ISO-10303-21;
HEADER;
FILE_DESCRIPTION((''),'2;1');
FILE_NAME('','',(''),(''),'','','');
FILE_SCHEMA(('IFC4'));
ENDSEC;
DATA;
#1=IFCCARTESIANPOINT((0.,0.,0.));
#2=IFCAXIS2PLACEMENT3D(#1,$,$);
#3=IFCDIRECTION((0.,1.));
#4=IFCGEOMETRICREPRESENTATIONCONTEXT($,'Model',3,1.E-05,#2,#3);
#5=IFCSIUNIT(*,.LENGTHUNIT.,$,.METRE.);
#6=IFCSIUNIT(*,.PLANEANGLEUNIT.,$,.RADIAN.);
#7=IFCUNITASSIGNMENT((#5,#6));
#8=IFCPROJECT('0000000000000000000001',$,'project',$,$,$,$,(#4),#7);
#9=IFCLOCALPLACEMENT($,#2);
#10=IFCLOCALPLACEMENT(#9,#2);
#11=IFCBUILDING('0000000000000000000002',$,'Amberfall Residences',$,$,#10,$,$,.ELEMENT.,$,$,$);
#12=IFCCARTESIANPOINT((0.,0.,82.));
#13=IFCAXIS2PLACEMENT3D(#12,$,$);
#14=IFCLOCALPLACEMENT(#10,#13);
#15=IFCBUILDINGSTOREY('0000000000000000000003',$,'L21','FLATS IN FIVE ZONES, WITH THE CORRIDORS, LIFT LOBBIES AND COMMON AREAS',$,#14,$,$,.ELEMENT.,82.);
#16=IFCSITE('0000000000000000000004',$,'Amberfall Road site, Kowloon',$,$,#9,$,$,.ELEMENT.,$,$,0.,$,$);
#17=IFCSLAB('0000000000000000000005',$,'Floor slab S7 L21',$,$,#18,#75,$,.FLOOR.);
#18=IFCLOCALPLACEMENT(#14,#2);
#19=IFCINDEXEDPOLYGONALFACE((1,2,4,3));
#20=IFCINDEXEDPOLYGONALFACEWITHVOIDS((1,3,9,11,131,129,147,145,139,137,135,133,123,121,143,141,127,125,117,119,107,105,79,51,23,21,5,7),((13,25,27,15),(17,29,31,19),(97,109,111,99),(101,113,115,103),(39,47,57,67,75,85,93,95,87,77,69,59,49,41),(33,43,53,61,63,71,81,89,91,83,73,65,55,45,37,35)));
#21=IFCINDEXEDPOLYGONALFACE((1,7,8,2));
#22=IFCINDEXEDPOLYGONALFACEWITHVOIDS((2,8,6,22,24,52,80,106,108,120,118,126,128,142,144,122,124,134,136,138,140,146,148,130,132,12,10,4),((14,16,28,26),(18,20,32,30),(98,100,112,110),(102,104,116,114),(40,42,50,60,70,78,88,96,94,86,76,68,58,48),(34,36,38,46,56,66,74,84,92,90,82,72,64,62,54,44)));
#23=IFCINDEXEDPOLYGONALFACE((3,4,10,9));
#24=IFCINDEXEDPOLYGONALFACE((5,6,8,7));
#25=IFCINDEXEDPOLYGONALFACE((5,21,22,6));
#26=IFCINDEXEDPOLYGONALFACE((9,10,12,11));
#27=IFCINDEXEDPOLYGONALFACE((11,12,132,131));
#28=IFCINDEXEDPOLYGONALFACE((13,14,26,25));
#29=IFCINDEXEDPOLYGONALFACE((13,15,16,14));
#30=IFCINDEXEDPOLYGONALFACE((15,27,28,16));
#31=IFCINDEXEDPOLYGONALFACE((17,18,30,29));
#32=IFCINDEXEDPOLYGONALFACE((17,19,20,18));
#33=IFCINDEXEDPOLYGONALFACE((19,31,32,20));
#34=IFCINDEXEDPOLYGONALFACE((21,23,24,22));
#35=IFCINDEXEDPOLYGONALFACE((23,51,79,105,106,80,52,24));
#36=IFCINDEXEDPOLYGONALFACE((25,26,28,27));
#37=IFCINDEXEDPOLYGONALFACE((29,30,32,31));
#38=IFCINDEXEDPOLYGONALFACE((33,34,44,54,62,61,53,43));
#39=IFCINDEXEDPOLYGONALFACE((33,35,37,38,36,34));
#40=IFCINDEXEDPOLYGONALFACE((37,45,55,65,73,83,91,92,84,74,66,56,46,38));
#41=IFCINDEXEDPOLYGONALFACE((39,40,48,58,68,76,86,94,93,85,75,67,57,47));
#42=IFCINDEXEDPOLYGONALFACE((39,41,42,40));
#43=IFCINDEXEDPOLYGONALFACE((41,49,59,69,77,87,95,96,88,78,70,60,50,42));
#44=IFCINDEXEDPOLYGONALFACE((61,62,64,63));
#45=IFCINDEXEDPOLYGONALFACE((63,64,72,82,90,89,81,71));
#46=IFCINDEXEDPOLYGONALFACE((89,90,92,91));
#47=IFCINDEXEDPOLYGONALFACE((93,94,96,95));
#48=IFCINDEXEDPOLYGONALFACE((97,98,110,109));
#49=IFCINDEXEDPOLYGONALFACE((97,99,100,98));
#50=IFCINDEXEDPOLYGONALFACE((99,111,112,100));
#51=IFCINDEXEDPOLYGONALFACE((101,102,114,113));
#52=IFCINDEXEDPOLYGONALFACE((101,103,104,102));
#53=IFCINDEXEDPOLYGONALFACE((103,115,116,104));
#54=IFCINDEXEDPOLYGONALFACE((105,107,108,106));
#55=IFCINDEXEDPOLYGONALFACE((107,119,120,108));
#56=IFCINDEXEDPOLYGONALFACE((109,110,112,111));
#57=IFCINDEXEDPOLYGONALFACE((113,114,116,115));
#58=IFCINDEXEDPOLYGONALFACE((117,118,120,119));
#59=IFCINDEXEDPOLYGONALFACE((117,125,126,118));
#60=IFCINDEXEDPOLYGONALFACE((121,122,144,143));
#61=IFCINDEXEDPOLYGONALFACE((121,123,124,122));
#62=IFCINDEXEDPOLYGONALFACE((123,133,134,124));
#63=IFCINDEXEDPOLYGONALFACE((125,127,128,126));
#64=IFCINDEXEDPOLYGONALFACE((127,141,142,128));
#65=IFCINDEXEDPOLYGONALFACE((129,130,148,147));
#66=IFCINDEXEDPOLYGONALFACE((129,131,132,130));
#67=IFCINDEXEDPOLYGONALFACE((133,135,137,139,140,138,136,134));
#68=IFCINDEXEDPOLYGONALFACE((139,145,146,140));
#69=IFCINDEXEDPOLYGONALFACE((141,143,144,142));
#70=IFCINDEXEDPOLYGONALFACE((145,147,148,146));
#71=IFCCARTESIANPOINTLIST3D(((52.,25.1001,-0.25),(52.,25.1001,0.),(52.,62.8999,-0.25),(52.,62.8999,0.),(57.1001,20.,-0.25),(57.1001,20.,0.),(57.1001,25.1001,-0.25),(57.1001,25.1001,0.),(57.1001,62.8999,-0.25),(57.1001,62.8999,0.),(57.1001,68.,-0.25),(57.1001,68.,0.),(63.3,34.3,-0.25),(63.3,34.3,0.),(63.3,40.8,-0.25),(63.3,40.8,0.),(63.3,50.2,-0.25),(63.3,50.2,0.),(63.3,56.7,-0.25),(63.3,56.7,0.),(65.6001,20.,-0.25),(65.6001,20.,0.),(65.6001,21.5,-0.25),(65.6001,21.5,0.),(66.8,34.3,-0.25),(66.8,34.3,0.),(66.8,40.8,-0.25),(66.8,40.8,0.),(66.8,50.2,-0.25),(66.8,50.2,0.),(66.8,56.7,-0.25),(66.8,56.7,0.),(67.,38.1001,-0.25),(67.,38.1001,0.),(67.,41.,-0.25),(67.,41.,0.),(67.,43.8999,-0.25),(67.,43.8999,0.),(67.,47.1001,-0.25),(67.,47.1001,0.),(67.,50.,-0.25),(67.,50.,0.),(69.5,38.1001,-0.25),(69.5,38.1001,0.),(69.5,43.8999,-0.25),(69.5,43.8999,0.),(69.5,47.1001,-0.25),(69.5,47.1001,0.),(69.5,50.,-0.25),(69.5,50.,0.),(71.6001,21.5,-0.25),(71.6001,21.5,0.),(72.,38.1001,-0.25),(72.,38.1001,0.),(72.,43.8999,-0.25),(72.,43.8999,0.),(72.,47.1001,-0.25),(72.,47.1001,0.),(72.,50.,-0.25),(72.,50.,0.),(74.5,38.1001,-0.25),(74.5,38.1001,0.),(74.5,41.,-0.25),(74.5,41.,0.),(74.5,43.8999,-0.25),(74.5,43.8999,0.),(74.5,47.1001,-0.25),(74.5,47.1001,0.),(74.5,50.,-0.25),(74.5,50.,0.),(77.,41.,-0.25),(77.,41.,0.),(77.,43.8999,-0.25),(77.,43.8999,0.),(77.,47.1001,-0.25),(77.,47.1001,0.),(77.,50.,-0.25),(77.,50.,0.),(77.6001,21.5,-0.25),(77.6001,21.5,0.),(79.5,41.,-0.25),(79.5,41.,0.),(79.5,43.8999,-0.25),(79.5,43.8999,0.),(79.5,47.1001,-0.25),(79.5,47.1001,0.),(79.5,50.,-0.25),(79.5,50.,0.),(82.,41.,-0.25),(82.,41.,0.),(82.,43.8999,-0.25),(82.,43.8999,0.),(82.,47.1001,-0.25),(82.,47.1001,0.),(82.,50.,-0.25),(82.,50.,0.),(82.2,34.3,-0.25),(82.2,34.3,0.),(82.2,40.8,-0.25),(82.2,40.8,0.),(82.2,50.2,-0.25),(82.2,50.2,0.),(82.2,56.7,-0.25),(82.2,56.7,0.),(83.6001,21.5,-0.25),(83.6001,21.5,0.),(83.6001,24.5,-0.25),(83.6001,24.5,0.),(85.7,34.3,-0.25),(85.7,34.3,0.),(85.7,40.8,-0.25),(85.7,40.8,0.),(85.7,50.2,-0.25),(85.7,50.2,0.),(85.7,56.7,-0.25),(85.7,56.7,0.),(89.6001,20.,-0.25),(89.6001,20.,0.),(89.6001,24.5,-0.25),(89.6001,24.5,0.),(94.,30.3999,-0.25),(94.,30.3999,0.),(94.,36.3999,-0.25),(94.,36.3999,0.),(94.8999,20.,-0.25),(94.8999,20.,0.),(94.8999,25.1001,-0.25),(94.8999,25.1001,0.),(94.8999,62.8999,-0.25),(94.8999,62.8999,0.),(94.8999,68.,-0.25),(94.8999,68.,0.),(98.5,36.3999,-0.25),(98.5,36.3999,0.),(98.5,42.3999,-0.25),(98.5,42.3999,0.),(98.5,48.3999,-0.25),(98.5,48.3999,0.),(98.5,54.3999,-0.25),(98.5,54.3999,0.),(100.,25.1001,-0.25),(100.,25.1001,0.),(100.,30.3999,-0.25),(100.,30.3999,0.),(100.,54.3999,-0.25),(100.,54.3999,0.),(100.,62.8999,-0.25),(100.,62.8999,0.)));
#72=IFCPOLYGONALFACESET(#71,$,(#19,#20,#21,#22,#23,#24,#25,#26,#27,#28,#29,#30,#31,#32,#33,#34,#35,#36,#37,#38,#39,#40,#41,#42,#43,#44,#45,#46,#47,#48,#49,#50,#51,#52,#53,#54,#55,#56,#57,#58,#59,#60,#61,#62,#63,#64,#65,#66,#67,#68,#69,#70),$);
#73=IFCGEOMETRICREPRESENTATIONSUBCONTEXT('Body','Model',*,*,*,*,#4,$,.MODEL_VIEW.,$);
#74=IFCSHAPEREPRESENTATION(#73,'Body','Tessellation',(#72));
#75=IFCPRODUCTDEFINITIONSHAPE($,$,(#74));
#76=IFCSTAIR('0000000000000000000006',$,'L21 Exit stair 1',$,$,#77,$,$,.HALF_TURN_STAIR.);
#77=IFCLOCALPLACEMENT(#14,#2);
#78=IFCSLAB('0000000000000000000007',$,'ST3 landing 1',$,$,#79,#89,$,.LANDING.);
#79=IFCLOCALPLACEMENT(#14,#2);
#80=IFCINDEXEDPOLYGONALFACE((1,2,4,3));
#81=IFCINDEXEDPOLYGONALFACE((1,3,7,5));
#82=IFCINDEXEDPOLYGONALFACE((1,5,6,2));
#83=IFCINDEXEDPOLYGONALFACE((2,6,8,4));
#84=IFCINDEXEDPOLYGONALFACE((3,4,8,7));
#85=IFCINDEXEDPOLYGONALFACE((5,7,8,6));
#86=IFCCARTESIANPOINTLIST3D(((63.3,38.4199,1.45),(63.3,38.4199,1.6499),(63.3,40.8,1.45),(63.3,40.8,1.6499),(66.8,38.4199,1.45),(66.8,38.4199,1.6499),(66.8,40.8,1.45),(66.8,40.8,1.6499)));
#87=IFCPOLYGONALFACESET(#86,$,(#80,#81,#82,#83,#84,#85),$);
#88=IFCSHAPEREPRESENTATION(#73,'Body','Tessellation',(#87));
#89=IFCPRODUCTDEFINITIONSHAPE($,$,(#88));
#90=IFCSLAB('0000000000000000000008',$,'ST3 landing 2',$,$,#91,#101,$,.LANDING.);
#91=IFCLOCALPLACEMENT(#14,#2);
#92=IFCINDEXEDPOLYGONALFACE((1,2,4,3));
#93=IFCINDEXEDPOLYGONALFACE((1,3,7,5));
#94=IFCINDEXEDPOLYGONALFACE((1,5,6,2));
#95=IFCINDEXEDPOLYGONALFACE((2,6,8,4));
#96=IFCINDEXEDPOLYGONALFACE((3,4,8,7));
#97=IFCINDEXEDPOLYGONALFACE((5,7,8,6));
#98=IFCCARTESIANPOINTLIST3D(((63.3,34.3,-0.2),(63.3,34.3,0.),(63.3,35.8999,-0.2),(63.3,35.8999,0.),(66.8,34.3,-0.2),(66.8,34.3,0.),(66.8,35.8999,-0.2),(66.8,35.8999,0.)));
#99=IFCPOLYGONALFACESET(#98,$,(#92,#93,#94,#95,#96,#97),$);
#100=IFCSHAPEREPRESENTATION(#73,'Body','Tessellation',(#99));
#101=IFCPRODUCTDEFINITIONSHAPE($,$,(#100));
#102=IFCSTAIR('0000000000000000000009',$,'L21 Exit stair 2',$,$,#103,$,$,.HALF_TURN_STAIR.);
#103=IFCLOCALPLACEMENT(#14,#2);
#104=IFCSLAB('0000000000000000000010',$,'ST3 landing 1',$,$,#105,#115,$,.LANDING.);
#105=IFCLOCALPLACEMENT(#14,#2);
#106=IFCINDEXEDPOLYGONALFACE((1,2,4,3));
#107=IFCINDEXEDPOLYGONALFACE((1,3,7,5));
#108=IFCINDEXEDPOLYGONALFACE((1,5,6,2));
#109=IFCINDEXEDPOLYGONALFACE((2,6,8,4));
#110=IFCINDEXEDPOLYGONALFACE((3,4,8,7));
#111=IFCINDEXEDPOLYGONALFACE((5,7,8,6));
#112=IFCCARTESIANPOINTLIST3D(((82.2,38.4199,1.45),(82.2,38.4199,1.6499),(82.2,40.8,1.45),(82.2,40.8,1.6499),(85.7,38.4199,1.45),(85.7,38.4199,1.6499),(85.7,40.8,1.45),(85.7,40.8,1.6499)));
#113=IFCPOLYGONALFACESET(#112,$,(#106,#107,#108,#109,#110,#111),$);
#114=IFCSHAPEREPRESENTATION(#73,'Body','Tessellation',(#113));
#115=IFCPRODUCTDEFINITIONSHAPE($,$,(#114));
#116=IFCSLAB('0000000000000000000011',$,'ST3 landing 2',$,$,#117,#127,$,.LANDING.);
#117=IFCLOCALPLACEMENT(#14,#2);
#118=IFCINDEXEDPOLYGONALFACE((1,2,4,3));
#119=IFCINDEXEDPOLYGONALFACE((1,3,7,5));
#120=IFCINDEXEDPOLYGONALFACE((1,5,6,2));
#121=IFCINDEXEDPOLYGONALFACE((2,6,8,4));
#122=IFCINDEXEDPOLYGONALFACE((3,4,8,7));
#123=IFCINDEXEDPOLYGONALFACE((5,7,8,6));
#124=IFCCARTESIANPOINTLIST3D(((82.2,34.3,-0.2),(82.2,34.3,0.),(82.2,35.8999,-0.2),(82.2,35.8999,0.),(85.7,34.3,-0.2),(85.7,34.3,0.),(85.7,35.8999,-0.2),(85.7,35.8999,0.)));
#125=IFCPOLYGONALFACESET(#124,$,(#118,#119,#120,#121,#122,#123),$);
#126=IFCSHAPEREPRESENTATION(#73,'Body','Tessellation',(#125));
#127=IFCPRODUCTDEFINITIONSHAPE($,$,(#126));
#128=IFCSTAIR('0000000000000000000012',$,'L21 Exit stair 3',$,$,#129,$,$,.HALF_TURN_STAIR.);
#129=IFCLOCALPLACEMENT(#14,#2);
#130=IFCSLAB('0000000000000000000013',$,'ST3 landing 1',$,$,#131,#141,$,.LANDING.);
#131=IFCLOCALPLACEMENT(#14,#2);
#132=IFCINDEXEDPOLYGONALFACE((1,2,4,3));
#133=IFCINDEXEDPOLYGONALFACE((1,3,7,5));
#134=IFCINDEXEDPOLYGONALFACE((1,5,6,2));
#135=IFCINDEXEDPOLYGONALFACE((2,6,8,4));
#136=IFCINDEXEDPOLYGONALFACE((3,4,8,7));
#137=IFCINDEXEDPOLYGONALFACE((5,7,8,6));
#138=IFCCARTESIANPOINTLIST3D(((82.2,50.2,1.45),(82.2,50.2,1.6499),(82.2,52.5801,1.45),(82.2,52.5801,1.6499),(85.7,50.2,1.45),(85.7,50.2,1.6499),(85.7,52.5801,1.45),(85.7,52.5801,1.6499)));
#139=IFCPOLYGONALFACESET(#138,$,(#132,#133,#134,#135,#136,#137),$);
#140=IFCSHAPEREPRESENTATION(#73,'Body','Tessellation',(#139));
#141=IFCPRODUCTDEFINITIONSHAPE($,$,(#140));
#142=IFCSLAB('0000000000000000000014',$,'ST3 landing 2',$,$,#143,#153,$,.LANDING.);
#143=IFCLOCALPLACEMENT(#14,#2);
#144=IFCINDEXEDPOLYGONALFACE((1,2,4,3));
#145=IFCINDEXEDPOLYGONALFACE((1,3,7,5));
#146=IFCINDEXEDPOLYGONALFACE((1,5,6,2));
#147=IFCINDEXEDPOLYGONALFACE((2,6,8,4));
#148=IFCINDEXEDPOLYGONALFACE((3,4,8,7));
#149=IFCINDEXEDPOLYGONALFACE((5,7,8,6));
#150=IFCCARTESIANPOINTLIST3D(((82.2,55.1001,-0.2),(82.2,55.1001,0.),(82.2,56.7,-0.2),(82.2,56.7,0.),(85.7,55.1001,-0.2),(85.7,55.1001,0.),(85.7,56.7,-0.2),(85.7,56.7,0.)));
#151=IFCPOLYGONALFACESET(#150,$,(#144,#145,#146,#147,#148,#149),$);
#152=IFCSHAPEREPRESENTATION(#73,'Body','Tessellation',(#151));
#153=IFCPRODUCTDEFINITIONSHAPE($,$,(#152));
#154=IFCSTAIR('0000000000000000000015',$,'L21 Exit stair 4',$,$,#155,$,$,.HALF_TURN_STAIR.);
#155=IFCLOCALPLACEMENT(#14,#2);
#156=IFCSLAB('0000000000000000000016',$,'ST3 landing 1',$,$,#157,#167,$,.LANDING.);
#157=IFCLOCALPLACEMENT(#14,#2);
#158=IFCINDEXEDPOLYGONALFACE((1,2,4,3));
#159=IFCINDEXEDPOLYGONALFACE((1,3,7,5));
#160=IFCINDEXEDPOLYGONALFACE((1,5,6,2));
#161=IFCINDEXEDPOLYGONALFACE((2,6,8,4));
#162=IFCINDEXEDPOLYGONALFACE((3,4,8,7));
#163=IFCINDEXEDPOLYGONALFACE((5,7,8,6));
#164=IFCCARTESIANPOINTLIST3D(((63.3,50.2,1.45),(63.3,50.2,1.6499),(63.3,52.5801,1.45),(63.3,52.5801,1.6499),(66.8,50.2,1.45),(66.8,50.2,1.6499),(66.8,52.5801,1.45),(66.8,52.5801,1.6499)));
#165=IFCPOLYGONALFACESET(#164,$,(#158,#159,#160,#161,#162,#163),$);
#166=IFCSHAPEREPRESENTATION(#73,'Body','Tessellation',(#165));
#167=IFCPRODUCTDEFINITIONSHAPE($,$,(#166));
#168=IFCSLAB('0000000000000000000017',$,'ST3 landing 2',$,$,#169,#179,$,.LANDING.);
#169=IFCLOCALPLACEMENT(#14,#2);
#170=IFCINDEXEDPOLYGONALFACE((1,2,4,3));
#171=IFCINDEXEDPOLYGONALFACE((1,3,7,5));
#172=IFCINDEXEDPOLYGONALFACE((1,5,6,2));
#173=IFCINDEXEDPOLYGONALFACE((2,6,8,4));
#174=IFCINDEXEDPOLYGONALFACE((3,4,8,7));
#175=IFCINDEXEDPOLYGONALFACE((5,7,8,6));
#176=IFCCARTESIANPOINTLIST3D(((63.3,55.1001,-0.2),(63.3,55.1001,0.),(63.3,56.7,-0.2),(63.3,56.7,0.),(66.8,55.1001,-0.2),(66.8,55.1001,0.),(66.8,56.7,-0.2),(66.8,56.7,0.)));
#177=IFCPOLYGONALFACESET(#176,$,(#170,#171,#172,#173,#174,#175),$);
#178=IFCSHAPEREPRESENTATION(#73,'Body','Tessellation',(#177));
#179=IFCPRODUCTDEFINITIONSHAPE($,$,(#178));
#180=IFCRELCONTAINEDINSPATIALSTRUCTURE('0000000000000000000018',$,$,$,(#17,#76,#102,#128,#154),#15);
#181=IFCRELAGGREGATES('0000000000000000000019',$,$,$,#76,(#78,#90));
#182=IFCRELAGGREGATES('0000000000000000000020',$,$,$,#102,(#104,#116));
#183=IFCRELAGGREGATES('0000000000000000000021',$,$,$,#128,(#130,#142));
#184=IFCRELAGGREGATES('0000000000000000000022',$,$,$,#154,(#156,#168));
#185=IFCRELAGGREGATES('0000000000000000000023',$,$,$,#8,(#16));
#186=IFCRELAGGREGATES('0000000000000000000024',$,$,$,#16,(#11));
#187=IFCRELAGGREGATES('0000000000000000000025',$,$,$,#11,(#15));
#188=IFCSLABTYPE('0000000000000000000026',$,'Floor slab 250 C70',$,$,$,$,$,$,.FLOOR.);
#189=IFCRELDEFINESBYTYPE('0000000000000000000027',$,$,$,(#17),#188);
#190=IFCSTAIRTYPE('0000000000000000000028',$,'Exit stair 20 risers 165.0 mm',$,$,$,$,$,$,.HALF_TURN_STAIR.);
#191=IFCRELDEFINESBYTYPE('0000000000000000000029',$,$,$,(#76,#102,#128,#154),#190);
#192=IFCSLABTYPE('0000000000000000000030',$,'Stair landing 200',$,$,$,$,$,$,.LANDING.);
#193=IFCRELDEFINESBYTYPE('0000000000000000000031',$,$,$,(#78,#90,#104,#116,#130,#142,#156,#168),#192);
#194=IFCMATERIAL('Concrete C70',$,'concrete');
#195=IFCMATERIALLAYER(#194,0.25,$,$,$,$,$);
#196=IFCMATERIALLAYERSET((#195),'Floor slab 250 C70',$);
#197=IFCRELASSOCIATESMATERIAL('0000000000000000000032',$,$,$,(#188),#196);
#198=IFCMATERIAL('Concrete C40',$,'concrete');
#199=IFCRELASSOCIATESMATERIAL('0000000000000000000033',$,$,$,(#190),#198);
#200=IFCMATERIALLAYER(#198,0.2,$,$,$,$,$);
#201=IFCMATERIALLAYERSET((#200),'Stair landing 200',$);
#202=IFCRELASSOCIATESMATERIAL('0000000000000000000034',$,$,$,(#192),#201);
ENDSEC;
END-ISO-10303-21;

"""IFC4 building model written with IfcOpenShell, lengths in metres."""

from ifc_helpers import new_model, si_unit, direction, frame, origin, place, context, subcontext, project, spatial, polyline, outline, extrude, material, layer, layer_set, type_object, element, aggregate, save


model = new_model("IFC4")

# Units and contexts
model_context = context("Model", 3, precision=1e-05, world=origin(), true_north=direction((0.0, 1.0)))
body_context = subcontext(model_context, "Body", "Model", "MODEL_VIEW")
ifc_project = project(units=[si_unit("LENGTHUNIT", "METRE"), si_unit("PLANEANGLEUNIT", "RADIAN")], contexts=[model_context])

# Site, building, storey
site_placement = place(None, origin())
site = spatial("IfcSite", under=ifc_project, at=site_placement, Name="Amberfall Road site, Kowloon", CompositionType="ELEMENT", RefElevation=0.0)
building_placement = place(site_placement, origin())
building = spatial("IfcBuilding", under=site, at=building_placement, Name="Amberfall Residences", CompositionType="ELEMENT")
storey_placement = place(building_placement, frame((0.0, 0.0, 82.0)))
storey = spatial("IfcBuildingStorey", under=building, at=storey_placement, Name="L21", Description="FLATS IN FIVE ZONES, WITH THE CORRIDORS, LIFT LOBBIES AND COMMON AREAS", CompositionType="ELEMENT", Elevation=82.0)

# Slab
ifc_material_1 = material(Name="Concrete C70", Category="concrete")
ifc_layer_1 = layer(ifc_material_1, 0.25)
ifc_layer_set_1 = layer_set([ifc_layer_1], Name="Floor slab 250 C70")
slab_type_1 = type_object("IfcSlabType", Name="Floor slab 250 C70", PredefinedType="FLOOR", material=ifc_layer_set_1)
slab_1_placement = place(storey_placement, frame((0.0, 0.0, -0.25)))
element("IfcSlab", 1, at=slab_1_placement, inside=storey, type_object=slab_type_1, Name="Floor slab S7 L21", PredefinedType="FLOOR", context=body_context, shape_type="SweptSolid", body=[
    extrude(outline(polyline([(89.6001, 20.0), (89.6001, 24.5), (83.6001, 24.5), (83.6001, 21.5), (77.6001, 21.5), (71.6001, 21.5), (65.6001, 21.5), (65.6001, 20.0), (57.1001, 20.0), (57.1001, 25.1001), (52.0, 25.1001), (52.0, 62.8999), (57.1001, 62.8999), (57.1001, 68.0), (94.8999, 68.0), (94.8999, 62.8999), (100.0, 62.8999), (100.0, 54.3999), (98.5, 54.3999), (98.5, 48.3999), (98.5, 42.3999), (98.5, 36.3999), (94.0, 36.3999), (94.0, 30.3999), (100.0, 30.3999), (100.0, 25.1001), (94.8999, 25.1001), (94.8999, 20.0), (89.6001, 20.0)]), holes=[polyline([(85.7, 34.3), (85.7, 40.8), (82.2, 40.8), (82.2, 34.3), (85.7, 34.3)]), polyline([(82.2, 50.2), (85.7, 50.2), (85.7, 56.7), (82.2, 56.7), (82.2, 50.2)]), polyline([(69.5, 50.0), (67.0, 50.0), (67.0, 47.1001), (69.5, 47.1001), (72.0, 47.1001), (74.5, 47.1001), (77.0, 47.1001), (79.5, 47.1001), (82.0, 47.1001), (82.0, 50.0), (79.5, 50.0), (77.0, 50.0), (74.5, 50.0), (72.0, 50.0), (69.5, 50.0)]), polyline([(74.5, 41.0), (77.0, 41.0), (79.5, 41.0), (82.0, 41.0), (82.0, 43.8999), (79.5, 43.8999), (77.0, 43.8999), (74.5, 43.8999), (72.0, 43.8999), (69.5, 43.8999), (67.0, 43.8999), (67.0, 41.0), (67.0, 38.1001), (69.5, 38.1001), (72.0, 38.1001), (74.5, 38.1001), (74.5, 41.0)]), polyline([(66.8, 34.3), (66.8, 40.8), (63.3, 40.8), (63.3, 34.3), (66.8, 34.3)]), polyline([(66.8, 50.2), (66.8, 56.7), (63.3, 56.7), (63.3, 50.2), (66.8, 50.2)])]), origin(), (0.0, 0.0, 1.0), 0.25),
])

# Stairs, slabs
ifc_material_2 = material(Name="Concrete C40", Category="concrete")
stair_type = type_object("IfcStairType", Name="Exit stair 20 risers 165.0 mm", PredefinedType="HALF_TURN_STAIR", material=ifc_material_2)
stair_1_placement = place(storey_placement, origin())
stair_1 = element("IfcStair", 2, at=stair_1_placement, inside=storey, type_object=stair_type, Name="L21 Exit stair 1", PredefinedType="HALF_TURN_STAIR")
ifc_layer_2 = layer(ifc_material_2, 0.2)
ifc_layer_set_2 = layer_set([ifc_layer_2], Name="Stair landing 200")
slab_type_2 = type_object("IfcSlabType", Name="Stair landing 200", PredefinedType="LANDING", material=ifc_layer_set_2)
slab_2_placement = place(storey_placement, frame((0.0, 0.0, 1.45)))
slab_2 = element("IfcSlab", 3, at=slab_2_placement, type_object=slab_type_2, Name="ST3 landing 1", PredefinedType="LANDING", context=body_context, shape_type="SweptSolid", body=[
    extrude(outline(polyline([(66.8, 38.4199), (66.8, 40.8), (63.3, 40.8), (63.3, 38.4199), (66.8, 38.4199)])), origin(), (0.0, 0.0, 1.0), 0.2),
])
slab_3_placement = place(storey_placement, frame((0.0, 0.0, -0.2)))
slab_3 = element("IfcSlab", 4, at=slab_3_placement, type_object=slab_type_2, Name="ST3 landing 2", PredefinedType="LANDING", context=body_context, shape_type="SweptSolid", body=[
    extrude(outline(polyline([(66.8, 34.3), (66.8, 35.8999), (63.3, 35.8999), (63.3, 34.3), (66.8, 34.3)])), origin(), (0.0, 0.0, 1.0), 0.2),
])
aggregate(stair_1, [slab_2, slab_3])
stair_2_placement = place(storey_placement, origin())
stair_2 = element("IfcStair", 5, at=stair_2_placement, inside=storey, type_object=stair_type, Name="L21 Exit stair 2", PredefinedType="HALF_TURN_STAIR")
slab_4_placement = place(storey_placement, frame((0.0, 0.0, 1.45)))
slab_4 = element("IfcSlab", 6, at=slab_4_placement, type_object=slab_type_2, Name="ST3 landing 1", PredefinedType="LANDING", context=body_context, shape_type="SweptSolid", body=[
    extrude(outline(polyline([(85.7, 38.4199), (85.7, 40.8), (82.2, 40.8), (82.2, 38.4199), (85.7, 38.4199)])), origin(), (0.0, 0.0, 1.0), 0.2),
])
slab_5_placement = place(storey_placement, frame((0.0, 0.0, -0.2)))
slab_5 = element("IfcSlab", 7, at=slab_5_placement, type_object=slab_type_2, Name="ST3 landing 2", PredefinedType="LANDING", context=body_context, shape_type="SweptSolid", body=[
    extrude(outline(polyline([(85.7, 34.3), (85.7, 35.8999), (82.2, 35.8999), (82.2, 34.3), (85.7, 34.3)])), origin(), (0.0, 0.0, 1.0), 0.2),
])
aggregate(stair_2, [slab_4, slab_5])
stair_3_placement = place(storey_placement, origin())
stair_3 = element("IfcStair", 8, at=stair_3_placement, inside=storey, type_object=stair_type, Name="L21 Exit stair 3", PredefinedType="HALF_TURN_STAIR")
slab_6_placement = place(storey_placement, frame((0.0, 0.0, 1.45)))
slab_6 = element("IfcSlab", 9, at=slab_6_placement, type_object=slab_type_2, Name="ST3 landing 1", PredefinedType="LANDING", context=body_context, shape_type="SweptSolid", body=[
    extrude(outline(polyline([(82.2, 52.5801), (82.2, 50.2), (85.7, 50.2), (85.7, 52.5801), (82.2, 52.5801)])), origin(), (0.0, 0.0, 1.0), 0.2),
])
slab_7_placement = place(storey_placement, frame((0.0, 0.0, -0.2)))
slab_7 = element("IfcSlab", 10, at=slab_7_placement, type_object=slab_type_2, Name="ST3 landing 2", PredefinedType="LANDING", context=body_context, shape_type="SweptSolid", body=[
    extrude(outline(polyline([(82.2, 56.7), (82.2, 55.1001), (85.7, 55.1001), (85.7, 56.7), (82.2, 56.7)])), origin(), (0.0, 0.0, 1.0), 0.2),
])
aggregate(stair_3, [slab_6, slab_7])
stair_4_placement = place(storey_placement, origin())
stair_4 = element("IfcStair", 11, at=stair_4_placement, inside=storey, type_object=stair_type, Name="L21 Exit stair 4", PredefinedType="HALF_TURN_STAIR")
slab_8_placement = place(storey_placement, frame((0.0, 0.0, 1.45)))
slab_8 = element("IfcSlab", 12, at=slab_8_placement, type_object=slab_type_2, Name="ST3 landing 1", PredefinedType="LANDING", context=body_context, shape_type="SweptSolid", body=[
    extrude(outline(polyline([(63.3, 52.5801), (63.3, 50.2), (66.8, 50.2), (66.8, 52.5801), (63.3, 52.5801)])), origin(), (0.0, 0.0, 1.0), 0.2),
])
slab_9_placement = place(storey_placement, frame((0.0, 0.0, -0.2)))
slab_9 = element("IfcSlab", 13, at=slab_9_placement, type_object=slab_type_2, Name="ST3 landing 2", PredefinedType="LANDING", context=body_context, shape_type="SweptSolid", body=[
    extrude(outline(polyline([(63.3, 56.7), (63.3, 55.1001), (66.8, 55.1001), (66.8, 56.7), (63.3, 56.7)])), origin(), (0.0, 0.0, 1.0), 0.2),
])
aggregate(stair_4, [slab_8, slab_9])

save(model, "model.ifc")
